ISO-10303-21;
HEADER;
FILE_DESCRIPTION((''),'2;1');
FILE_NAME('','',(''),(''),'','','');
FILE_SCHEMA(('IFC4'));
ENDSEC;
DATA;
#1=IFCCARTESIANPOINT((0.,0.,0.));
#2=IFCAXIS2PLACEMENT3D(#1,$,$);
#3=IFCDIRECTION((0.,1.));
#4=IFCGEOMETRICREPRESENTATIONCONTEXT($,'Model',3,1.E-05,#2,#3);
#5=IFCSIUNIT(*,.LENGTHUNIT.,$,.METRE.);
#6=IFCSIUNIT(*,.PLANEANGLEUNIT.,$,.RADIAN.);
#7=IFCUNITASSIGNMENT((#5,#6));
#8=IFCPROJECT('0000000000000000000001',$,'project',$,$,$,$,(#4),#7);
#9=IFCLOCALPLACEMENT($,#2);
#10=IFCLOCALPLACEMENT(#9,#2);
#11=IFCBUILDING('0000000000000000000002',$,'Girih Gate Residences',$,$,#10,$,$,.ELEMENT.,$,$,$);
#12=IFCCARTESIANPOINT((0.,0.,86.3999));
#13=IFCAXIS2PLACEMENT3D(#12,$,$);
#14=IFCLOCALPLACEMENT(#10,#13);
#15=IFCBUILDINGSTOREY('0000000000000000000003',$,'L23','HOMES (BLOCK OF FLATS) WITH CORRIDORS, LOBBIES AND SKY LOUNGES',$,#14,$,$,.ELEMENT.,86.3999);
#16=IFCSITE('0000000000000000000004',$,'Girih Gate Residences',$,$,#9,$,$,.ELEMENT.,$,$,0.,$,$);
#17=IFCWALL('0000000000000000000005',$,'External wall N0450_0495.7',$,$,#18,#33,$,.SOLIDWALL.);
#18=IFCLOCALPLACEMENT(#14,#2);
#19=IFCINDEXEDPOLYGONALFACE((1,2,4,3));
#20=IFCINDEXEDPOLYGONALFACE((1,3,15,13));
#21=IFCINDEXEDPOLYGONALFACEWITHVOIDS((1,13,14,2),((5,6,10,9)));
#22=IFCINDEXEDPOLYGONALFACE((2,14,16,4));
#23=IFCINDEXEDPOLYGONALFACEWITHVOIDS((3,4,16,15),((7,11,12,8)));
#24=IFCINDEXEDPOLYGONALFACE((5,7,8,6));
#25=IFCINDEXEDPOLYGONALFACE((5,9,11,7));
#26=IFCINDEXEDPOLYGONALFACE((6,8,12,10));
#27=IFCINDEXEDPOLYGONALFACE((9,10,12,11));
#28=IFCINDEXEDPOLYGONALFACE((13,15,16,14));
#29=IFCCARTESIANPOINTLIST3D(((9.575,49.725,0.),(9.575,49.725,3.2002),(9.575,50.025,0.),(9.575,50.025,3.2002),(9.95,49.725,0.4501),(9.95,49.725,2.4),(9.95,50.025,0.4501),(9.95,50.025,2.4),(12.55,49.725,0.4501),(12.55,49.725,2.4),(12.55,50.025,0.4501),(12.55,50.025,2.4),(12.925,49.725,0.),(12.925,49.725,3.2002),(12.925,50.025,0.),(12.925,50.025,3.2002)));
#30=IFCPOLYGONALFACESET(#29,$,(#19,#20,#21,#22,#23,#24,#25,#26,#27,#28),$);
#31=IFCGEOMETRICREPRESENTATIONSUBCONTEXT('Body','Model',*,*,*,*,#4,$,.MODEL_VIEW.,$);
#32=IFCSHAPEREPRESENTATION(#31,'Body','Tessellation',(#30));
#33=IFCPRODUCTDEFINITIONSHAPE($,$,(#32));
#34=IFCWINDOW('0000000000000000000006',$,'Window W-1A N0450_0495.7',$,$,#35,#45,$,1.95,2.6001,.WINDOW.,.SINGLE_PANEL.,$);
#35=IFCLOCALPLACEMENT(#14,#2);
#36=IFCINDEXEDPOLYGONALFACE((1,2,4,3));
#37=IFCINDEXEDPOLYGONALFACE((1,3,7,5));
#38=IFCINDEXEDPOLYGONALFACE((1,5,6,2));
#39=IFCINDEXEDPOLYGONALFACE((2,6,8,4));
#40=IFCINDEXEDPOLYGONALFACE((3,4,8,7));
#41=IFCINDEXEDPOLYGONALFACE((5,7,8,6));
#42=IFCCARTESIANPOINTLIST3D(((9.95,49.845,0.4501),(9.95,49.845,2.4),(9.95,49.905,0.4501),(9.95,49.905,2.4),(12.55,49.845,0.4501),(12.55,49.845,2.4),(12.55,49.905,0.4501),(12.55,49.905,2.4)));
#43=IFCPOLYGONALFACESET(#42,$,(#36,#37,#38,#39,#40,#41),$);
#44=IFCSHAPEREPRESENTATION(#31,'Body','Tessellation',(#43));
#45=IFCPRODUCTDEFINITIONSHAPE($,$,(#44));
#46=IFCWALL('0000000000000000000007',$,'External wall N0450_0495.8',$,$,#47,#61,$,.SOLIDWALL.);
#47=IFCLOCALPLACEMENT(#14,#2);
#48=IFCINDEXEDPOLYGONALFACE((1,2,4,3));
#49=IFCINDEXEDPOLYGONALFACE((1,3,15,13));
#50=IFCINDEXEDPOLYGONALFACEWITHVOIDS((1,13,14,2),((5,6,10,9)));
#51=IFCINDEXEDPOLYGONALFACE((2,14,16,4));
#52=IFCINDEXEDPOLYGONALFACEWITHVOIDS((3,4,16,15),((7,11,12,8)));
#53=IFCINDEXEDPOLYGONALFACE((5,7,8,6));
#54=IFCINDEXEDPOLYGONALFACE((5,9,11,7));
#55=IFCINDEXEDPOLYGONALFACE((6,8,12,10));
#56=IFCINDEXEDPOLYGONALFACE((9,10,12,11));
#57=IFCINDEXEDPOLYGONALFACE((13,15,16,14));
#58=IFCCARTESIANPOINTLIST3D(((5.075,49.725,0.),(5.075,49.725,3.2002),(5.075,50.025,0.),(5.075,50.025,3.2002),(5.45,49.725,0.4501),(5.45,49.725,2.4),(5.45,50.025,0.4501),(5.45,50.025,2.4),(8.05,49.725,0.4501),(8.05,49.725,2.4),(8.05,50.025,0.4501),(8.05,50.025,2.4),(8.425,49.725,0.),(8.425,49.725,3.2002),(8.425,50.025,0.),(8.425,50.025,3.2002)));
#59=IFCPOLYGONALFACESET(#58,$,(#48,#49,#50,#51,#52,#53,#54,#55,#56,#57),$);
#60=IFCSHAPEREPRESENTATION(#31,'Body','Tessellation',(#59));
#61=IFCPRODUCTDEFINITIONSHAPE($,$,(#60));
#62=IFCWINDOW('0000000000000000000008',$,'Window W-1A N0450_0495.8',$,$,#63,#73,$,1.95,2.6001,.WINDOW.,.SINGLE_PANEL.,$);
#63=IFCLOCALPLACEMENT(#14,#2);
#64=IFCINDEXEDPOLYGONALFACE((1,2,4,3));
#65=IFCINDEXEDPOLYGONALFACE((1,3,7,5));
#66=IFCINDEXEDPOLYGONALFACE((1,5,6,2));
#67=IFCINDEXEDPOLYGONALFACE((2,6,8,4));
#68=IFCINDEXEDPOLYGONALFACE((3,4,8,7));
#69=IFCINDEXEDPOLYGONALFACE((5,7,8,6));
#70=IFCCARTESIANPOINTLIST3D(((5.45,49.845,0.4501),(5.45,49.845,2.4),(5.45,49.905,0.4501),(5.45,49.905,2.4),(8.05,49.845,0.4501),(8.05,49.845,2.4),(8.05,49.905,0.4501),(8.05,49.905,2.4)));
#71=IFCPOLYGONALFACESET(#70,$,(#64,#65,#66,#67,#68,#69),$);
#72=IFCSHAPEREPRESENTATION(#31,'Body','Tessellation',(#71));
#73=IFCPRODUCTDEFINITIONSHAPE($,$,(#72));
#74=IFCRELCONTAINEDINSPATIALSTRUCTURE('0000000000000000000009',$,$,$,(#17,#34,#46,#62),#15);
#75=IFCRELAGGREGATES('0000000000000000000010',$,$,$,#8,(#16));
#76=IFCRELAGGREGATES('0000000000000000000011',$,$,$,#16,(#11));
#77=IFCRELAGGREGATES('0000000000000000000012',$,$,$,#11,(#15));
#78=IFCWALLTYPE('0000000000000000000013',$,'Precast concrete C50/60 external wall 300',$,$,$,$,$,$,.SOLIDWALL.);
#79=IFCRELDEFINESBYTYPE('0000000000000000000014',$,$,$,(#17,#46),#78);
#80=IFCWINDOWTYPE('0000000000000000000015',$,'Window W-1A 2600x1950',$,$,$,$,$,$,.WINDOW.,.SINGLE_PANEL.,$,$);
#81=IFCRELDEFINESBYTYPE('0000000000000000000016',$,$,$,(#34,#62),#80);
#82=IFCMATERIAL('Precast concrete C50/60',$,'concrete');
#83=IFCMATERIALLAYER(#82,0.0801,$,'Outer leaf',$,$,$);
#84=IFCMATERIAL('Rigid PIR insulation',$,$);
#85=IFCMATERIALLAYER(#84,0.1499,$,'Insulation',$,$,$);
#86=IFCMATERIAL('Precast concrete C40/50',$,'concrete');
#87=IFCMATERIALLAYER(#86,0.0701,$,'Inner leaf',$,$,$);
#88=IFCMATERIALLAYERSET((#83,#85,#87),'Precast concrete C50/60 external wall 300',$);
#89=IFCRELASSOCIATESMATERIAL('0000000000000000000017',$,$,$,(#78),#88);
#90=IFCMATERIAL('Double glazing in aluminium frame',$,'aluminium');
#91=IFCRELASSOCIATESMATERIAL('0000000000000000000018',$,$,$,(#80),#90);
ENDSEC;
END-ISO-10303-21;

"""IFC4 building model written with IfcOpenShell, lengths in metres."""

from ifc_helpers import new_model, si_unit, direction, frame, frame_2d, origin, place, context, subcontext, project, spatial, rectangle, extrude, material, layer, layer_set, type_object, element, fill, save


model = new_model("IFC4")

# Units and contexts
model_context = context("Model", 3, precision=1e-05, world=origin(), true_north=direction((0.0, 1.0)))
body_context = subcontext(model_context, "Body", "Model", "MODEL_VIEW")
ifc_project = project(units=[si_unit("LENGTHUNIT", "METRE"), si_unit("PLANEANGLEUNIT", "RADIAN")], contexts=[model_context])

# Site, building, storey
site_placement = place(None, origin())
site = spatial("IfcSite", under=ifc_project, at=site_placement, Name="Girih Gate Residences", CompositionType="ELEMENT", RefElevation=0.0)
building_placement = place(site_placement, origin())
building = spatial("IfcBuilding", under=site, at=building_placement, Name="Girih Gate Residences", CompositionType="ELEMENT")
storey_placement = place(building_placement, frame((0.0, 0.0, 86.3999)))
storey = spatial("IfcBuildingStorey", under=building, at=storey_placement, Name="L23", Description="HOMES (BLOCK OF FLATS) WITH CORRIDORS, LOBBIES AND SKY LOUNGES", CompositionType="ELEMENT", Elevation=86.3999)

# Walls, openings, windows
ifc_material_1 = material(Name="Precast concrete C50/60", Category="concrete")
ifc_layer_1 = layer(ifc_material_1, 0.0801, Name="Outer leaf")
ifc_material_2 = material(Name="Rigid PIR insulation")
ifc_layer_2 = layer(ifc_material_2, 0.1499, Name="Insulation")
ifc_material_3 = material(Name="Precast concrete C40/50", Category="concrete")
ifc_layer_3 = layer(ifc_material_3, 0.0701, Name="Inner leaf")
ifc_layer_set_1 = layer_set([ifc_layer_1, ifc_layer_2, ifc_layer_3], Name="Precast concrete C50/60 external wall 300")
wall_type_1 = type_object("IfcWallType", Name="Precast concrete C50/60 external wall 300", PredefinedType="SOLIDWALL", material=ifc_layer_set_1)
wall_1_placement = place(storey_placement, frame((9.575, 49.875, 0.0), z_axis=(0.0, 0.0, 1.0), x_axis=(1.0, 0.0, 0.0)))
wall_1 = element("IfcWall", 1, at=wall_1_placement, inside=storey, type_object=wall_type_1, Name="External wall N0450_0495.7", PredefinedType="SOLIDWALL", context=body_context, shape_type="SweptSolid", body=[
    extrude(rectangle(XDim=3.3501, YDim=0.3, at=frame_2d((1.675, 0.0))), origin(), (0.0, 0.0, 1.0), 3.2002),
])
opening_1_placement = place(wall_1_placement, frame((0.375, 0.0, 0.45)))
opening_1 = element("IfcOpeningElement", 2, at=opening_1_placement, cuts=wall_1, PredefinedType="OPENING", context=body_context, shape_type="SweptSolid", body=[
    extrude(rectangle(XDim=2.6001, YDim=1.95, at=frame_2d((1.3, 0.9751))), frame((0.0, 0.1599, 0.0), z_axis=(0.0, -1.0, 0.0), x_axis=(1.0, 0.0, 0.0)), (0.0, 0.0, 1.0), 0.3201),
])
ifc_material_4 = material(Name="Double glazing in aluminium frame", Category="aluminium")
window_type = type_object("IfcWindowType", Name="Window W-1A 2600x1950", PartitioningType="SINGLE_PANEL", PredefinedType="WINDOW", material=ifc_material_4)
window_1_placement = place(opening_1_placement, origin())
window_1 = element("IfcWindow", 3, at=window_1_placement, inside=storey, type_object=window_type, Name="Window W-1A N0450_0495.7", OverallHeight=1.95, OverallWidth=2.6001, PartitioningType="SINGLE_PANEL", PredefinedType="WINDOW", context=body_context, shape_type="SweptSolid", body=[
    extrude(rectangle(XDim=2.6001, YDim=1.95, at=frame_2d((1.3, 0.9751))), frame((0.0, 0.03, 0.0), z_axis=(0.0, -1.0, 0.0), x_axis=(1.0, 0.0, 0.0)), (0.0, 0.0, 1.0), 0.0601),
])
fill(opening_1, window_1)
wall_2_placement = place(storey_placement, frame((5.075, 49.875, 0.0), z_axis=(0.0, 0.0, 1.0), x_axis=(1.0, 0.0, 0.0)))
wall_2 = element("IfcWall", 4, at=wall_2_placement, inside=storey, type_object=wall_type_1, Name="External wall N0450_0495.8", PredefinedType="SOLIDWALL", context=body_context, shape_type="SweptSolid", body=[
    extrude(rectangle(XDim=3.3501, YDim=0.3, at=frame_2d((1.675, 0.0))), origin(), (0.0, 0.0, 1.0), 3.2002),
])
opening_2_placement = place(wall_2_placement, frame((0.375, 0.0, 0.45)))
opening_2 = element("IfcOpeningElement", 5, at=opening_2_placement, cuts=wall_2, PredefinedType="OPENING", context=body_context, shape_type="SweptSolid", body=[
    extrude(rectangle(XDim=2.6001, YDim=1.95, at=frame_2d((1.3, 0.9751))), frame((0.0, 0.1599, 0.0), z_axis=(0.0, -1.0, 0.0), x_axis=(1.0, 0.0, 0.0)), (0.0, 0.0, 1.0), 0.3201),
])
window_2_placement = place(opening_2_placement, origin())
window_2 = element("IfcWindow", 6, at=window_2_placement, inside=storey, type_object=window_type, Name="Window W-1A N0450_0495.8", OverallHeight=1.95, OverallWidth=2.6001, PartitioningType="SINGLE_PANEL", PredefinedType="WINDOW", context=body_context, shape_type="SweptSolid", body=[
    extrude(rectangle(XDim=2.6001, YDim=1.95, at=frame_2d((1.3, 0.9751))), frame((0.0, 0.03, 0.0), z_axis=(0.0, -1.0, 0.0), x_axis=(1.0, 0.0, 0.0)), (0.0, 0.0, 1.0), 0.0601),
])
fill(opening_2, window_2)

save(model, "model.ifc")
